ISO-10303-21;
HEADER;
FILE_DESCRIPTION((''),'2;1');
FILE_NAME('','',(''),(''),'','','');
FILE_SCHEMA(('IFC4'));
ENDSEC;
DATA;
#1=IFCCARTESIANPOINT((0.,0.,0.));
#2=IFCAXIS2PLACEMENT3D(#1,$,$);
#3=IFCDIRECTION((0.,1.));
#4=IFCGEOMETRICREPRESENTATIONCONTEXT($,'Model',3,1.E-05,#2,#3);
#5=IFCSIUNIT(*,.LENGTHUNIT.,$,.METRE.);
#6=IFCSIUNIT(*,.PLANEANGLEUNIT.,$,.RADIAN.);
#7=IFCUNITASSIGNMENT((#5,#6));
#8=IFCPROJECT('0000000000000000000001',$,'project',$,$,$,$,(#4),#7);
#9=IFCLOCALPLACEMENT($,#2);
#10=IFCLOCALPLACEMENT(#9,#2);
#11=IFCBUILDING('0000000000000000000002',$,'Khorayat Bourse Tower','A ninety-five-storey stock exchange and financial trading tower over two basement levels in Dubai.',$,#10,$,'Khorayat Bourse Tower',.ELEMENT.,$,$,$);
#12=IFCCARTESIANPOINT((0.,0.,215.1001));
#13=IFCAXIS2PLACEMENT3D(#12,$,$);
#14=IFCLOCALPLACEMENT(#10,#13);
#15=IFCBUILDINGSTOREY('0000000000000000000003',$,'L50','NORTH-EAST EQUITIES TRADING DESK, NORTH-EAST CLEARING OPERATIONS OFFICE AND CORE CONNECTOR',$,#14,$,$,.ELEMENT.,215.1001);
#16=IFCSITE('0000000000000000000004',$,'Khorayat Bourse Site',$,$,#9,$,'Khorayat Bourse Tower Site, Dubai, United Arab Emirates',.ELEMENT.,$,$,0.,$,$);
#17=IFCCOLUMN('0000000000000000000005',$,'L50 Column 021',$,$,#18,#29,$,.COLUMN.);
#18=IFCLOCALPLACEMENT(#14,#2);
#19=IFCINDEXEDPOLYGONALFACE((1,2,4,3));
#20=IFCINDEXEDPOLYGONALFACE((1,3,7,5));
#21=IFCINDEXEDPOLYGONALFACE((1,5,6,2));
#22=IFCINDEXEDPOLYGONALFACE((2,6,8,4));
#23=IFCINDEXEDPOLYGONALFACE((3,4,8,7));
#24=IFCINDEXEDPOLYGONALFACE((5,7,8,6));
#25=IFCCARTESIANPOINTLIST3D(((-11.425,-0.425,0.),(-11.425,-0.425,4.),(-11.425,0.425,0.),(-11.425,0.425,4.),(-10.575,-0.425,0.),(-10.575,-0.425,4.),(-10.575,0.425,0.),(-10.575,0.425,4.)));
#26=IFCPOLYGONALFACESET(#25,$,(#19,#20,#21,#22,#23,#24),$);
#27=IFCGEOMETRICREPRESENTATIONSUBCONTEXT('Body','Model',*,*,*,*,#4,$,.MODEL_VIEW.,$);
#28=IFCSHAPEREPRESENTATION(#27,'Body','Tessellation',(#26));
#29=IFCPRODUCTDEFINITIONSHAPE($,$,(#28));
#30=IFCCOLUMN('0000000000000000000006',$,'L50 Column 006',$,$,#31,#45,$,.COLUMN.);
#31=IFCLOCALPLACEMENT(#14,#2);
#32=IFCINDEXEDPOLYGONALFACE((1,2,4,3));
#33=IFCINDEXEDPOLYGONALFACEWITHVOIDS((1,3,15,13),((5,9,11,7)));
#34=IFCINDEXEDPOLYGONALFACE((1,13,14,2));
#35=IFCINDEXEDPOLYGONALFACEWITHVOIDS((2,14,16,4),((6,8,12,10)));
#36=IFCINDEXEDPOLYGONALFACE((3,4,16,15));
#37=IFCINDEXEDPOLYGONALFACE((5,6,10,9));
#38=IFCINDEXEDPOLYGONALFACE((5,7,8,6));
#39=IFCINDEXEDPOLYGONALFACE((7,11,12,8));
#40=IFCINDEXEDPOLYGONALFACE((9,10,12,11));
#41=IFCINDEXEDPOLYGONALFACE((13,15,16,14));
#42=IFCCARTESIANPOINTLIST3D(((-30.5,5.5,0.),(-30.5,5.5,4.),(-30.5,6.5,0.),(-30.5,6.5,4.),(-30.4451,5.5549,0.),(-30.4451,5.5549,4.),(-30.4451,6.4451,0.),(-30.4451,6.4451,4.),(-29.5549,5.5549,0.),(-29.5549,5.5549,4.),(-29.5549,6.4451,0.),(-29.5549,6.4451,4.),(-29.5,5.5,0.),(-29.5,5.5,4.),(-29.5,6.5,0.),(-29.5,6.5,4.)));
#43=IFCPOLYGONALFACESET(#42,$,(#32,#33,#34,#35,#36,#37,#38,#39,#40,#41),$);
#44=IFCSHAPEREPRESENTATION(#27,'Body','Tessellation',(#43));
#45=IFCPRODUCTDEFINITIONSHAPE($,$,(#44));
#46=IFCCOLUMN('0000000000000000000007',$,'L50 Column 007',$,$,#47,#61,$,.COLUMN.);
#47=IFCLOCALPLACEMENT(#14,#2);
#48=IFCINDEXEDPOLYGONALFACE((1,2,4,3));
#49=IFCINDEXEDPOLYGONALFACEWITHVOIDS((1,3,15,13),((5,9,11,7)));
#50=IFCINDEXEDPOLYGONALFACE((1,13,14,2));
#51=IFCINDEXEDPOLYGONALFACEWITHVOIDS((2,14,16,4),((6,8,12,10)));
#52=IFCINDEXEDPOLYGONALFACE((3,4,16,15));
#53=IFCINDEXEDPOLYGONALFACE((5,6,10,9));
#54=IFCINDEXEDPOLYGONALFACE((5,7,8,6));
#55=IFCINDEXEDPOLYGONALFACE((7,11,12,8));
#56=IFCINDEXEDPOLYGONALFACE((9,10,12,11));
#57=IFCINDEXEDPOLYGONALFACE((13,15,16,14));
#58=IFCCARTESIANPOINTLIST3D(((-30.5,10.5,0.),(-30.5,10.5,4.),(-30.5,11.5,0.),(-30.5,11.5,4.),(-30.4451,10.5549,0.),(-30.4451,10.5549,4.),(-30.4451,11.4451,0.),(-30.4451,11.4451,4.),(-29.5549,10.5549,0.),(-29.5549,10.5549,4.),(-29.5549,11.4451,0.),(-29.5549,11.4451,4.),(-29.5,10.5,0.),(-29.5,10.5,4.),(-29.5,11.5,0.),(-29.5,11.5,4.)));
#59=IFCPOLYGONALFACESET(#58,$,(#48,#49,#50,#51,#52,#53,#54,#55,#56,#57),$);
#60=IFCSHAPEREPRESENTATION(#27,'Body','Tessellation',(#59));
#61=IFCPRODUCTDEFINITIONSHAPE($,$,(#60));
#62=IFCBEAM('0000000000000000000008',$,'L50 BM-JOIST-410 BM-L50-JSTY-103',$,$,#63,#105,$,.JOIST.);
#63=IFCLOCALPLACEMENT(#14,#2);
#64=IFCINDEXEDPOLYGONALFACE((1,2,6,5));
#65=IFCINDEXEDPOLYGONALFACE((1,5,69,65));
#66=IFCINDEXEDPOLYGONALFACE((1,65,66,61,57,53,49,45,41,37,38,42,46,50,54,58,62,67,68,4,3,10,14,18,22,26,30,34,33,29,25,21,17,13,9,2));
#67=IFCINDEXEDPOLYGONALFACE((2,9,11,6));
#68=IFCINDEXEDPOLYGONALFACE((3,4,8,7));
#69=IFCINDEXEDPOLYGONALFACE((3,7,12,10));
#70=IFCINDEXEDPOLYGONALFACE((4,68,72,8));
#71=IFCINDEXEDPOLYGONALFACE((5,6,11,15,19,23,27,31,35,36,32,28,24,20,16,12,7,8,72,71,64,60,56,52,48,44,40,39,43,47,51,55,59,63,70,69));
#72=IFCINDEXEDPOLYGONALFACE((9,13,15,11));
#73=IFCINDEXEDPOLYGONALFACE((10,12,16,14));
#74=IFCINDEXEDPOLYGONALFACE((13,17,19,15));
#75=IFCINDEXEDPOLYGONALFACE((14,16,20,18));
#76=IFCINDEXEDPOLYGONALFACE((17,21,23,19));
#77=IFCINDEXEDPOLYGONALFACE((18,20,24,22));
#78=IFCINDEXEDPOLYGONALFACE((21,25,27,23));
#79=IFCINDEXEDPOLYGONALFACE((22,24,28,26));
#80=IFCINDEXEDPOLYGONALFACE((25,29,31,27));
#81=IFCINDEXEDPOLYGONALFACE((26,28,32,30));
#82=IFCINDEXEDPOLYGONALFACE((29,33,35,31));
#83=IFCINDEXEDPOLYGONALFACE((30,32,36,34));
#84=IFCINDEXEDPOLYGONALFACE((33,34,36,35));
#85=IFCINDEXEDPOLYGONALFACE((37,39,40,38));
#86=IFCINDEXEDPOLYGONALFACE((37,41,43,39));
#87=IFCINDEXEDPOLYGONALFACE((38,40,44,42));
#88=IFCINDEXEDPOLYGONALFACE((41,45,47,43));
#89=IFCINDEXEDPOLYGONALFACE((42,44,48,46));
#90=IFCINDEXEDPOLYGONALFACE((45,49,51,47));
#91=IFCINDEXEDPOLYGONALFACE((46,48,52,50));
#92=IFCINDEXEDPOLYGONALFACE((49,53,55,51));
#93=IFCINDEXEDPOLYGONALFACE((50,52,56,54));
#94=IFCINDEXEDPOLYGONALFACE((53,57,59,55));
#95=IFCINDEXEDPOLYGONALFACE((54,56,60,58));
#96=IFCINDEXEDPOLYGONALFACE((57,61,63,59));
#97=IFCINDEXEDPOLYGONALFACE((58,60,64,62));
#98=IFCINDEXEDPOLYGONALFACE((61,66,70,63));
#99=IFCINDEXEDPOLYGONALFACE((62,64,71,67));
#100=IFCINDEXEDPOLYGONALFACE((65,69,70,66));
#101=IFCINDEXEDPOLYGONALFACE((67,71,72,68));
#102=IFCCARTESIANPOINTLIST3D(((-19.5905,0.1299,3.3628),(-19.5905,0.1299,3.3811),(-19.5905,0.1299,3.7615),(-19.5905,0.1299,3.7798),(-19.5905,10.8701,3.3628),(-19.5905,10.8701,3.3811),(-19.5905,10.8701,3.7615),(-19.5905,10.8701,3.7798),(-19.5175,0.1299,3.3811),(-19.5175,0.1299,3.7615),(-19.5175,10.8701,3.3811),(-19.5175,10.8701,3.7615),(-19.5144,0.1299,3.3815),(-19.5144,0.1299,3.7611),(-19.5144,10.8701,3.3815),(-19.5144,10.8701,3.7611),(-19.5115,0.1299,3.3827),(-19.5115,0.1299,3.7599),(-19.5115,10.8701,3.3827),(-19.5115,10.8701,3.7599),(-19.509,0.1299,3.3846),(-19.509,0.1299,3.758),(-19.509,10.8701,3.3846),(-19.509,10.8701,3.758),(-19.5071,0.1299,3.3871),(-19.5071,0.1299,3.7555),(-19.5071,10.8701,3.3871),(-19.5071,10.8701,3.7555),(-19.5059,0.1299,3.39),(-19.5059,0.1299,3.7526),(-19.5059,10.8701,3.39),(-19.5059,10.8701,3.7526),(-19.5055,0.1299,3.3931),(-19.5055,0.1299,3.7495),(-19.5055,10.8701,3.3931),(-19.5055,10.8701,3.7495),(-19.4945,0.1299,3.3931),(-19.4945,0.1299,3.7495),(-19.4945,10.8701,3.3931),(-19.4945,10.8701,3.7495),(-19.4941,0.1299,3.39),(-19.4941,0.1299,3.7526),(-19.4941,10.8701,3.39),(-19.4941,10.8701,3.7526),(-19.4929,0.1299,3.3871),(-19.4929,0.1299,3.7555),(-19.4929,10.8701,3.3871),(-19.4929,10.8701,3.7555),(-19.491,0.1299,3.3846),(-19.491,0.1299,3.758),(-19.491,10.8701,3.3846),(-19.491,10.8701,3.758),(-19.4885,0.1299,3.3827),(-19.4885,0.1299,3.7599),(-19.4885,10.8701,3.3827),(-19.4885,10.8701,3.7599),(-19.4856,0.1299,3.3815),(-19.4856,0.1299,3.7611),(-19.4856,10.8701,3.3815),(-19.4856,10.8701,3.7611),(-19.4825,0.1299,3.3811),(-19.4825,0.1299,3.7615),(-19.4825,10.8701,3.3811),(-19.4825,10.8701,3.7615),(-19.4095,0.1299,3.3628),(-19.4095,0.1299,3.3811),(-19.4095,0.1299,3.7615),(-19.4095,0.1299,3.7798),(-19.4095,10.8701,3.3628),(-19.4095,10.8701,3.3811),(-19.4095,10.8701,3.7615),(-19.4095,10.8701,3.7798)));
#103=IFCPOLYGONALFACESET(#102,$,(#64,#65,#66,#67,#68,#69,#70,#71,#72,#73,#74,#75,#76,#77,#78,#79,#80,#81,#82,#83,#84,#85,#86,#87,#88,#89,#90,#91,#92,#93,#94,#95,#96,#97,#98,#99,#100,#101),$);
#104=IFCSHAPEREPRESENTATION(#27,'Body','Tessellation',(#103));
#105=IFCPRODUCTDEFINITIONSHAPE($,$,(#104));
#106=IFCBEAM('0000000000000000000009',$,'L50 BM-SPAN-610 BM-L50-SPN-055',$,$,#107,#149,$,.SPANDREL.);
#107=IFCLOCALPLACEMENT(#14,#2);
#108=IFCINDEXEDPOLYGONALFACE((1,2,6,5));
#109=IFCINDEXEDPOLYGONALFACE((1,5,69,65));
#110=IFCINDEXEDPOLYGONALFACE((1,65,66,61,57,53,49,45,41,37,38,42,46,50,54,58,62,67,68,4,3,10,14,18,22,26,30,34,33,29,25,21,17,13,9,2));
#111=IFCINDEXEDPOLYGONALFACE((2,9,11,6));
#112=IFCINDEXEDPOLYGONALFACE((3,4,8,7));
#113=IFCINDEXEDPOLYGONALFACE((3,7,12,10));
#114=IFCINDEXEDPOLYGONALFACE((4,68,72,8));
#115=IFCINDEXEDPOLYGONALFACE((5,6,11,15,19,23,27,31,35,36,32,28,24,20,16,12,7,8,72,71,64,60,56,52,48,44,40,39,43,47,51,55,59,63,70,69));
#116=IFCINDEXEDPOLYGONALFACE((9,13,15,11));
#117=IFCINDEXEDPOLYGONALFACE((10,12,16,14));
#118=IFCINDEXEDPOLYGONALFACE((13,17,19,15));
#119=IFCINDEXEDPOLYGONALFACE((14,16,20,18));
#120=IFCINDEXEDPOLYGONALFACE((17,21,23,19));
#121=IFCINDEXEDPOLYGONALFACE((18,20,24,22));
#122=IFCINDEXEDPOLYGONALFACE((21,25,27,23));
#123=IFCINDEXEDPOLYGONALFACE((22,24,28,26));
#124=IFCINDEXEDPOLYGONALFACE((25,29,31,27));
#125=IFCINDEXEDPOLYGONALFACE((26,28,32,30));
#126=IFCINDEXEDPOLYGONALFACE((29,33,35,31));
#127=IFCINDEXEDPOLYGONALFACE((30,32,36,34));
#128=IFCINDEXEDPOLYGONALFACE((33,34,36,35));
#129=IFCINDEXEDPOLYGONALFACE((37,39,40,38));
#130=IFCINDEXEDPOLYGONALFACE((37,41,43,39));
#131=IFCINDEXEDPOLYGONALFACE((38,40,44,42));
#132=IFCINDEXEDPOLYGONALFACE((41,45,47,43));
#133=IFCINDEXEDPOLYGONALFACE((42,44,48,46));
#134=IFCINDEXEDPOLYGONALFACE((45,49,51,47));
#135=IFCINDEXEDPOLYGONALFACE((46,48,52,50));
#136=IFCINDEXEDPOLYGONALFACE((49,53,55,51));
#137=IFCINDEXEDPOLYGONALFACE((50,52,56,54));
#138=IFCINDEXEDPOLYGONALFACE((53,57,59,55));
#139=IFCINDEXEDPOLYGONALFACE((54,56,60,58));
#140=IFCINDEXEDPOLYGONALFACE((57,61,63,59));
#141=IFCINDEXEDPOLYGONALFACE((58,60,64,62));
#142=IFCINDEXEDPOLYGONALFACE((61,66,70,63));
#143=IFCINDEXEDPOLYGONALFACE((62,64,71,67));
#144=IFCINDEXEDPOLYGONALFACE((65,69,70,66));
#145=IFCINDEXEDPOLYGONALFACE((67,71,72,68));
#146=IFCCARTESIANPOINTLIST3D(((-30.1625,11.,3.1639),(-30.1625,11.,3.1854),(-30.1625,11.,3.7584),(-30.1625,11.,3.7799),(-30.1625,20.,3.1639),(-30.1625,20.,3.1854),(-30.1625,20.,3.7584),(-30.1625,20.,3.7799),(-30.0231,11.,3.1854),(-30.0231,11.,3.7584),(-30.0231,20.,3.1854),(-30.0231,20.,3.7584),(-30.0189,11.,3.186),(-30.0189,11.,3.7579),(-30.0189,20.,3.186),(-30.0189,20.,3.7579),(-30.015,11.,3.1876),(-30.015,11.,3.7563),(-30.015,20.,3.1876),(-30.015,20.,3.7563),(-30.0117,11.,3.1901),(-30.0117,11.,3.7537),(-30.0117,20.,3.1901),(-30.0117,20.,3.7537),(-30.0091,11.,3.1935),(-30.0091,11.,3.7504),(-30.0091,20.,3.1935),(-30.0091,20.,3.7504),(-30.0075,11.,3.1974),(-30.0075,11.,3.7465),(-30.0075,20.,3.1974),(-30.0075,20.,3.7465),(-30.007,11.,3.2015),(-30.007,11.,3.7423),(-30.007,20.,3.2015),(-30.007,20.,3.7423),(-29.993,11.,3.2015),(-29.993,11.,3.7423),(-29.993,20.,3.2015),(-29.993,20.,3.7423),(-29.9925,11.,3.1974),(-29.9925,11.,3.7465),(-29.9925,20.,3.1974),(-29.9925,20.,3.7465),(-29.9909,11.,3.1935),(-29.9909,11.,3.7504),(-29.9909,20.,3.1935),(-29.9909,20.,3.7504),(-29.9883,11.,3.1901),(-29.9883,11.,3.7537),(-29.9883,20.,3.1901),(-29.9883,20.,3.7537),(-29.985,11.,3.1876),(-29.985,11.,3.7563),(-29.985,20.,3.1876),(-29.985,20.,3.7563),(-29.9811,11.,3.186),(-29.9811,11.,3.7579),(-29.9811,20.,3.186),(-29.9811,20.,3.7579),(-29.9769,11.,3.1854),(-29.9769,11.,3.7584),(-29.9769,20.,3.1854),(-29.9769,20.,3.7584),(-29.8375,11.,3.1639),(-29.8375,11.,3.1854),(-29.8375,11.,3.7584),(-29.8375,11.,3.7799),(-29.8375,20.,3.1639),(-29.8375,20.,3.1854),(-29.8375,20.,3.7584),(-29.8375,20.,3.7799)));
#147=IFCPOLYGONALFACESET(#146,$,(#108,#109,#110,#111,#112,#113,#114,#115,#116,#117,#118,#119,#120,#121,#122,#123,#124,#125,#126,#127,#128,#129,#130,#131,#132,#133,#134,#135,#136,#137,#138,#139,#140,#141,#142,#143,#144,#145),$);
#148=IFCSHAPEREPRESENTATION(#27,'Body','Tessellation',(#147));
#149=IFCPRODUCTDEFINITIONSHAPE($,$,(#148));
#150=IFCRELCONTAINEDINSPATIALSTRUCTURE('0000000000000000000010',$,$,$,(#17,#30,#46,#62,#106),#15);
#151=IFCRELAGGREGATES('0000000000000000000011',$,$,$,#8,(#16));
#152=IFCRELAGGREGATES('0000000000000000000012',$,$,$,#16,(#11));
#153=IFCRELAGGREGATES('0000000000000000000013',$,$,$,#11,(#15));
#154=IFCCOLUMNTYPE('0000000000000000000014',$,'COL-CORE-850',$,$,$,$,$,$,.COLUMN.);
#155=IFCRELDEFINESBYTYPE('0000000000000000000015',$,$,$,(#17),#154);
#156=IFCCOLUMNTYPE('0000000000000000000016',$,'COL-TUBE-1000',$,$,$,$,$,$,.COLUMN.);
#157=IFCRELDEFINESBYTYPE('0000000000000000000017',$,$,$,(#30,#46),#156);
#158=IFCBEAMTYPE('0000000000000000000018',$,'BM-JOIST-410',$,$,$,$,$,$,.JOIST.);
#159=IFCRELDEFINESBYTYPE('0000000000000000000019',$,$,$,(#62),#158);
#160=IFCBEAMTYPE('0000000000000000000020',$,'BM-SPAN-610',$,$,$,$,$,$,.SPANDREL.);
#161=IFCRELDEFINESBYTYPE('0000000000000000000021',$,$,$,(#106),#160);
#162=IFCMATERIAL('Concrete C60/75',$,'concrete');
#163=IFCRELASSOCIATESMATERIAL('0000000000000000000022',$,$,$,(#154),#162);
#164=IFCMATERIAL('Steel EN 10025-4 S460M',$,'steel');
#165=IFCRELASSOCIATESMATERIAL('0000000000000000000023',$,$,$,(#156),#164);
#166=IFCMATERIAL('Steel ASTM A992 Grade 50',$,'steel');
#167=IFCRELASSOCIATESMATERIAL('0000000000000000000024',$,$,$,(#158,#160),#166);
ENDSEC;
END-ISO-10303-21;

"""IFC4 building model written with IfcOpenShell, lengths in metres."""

from ifc_helpers import new_model, si_unit, direction, frame, origin, origin_2d, place, context, subcontext, project, spatial, rectangle, hollow_rectangle, i_section, extrude, source, transform, mapped, material, material_profile, profile_set, type_object, element, save


model = new_model("IFC4")

# Units and contexts
model_context = context("Model", 3, precision=1e-05, world=origin(), true_north=direction((0.0, 1.0)))
body_context = subcontext(model_context, "Body", "Model", "MODEL_VIEW")
ifc_project = project(units=[si_unit("LENGTHUNIT", "METRE"), si_unit("PLANEANGLEUNIT", "RADIAN")], contexts=[model_context])

# Site, building, storey
site_placement = place(None, origin())
site = spatial("IfcSite", under=ifc_project, at=site_placement, Name="Khorayat Bourse Site", LongName="Khorayat Bourse Tower Site, Dubai, United Arab Emirates", CompositionType="ELEMENT", RefElevation=0.0)
building_placement = place(site_placement, origin())
building = spatial("IfcBuilding", under=site, at=building_placement, Name="Khorayat Bourse Tower", Description="A ninety-five-storey stock exchange and financial trading tower over two basement levels in Dubai.", LongName="Khorayat Bourse Tower", CompositionType="ELEMENT")
storey_placement = place(building_placement, frame((0.0, 0.0, 215.1001)))
storey = spatial("IfcBuildingStorey", under=building, at=storey_placement, Name="L50", Description="NORTH-EAST EQUITIES TRADING DESK, NORTH-EAST CLEARING OPERATIONS OFFICE AND CORE CONNECTOR", CompositionType="ELEMENT", Elevation=215.1001)

# Columns
ifc_material_1 = material(Name="Concrete C60/75", Category="concrete")
ifc_material_profile_1 = material_profile(ifc_material_1, rectangle(XDim=0.8501, YDim=0.8501, at=origin_2d()), Name="RC 850x850")
ifc_profile_set_1 = profile_set([ifc_material_profile_1], Name="Concrete C60/75")
column_type_1 = type_object("IfcColumnType", Name="COL-CORE-850", PredefinedType="COLUMN", material=ifc_profile_set_1)
shared_shape_1 = source(origin(), body_context, "Body", "SweptSolid", [
    extrude(rectangle(XDim=0.8501, YDim=0.8501, at=origin_2d()), origin(), (0.0, 0.0, 1.0), 4.0),
])
column_placement = place(storey_placement, frame((-11.0, 0.0, 0.0), z_axis=(0.0, 0.0, 1.0), x_axis=(1.0, 0.0, 0.0)))
element("IfcColumn", 1, at=column_placement, inside=storey, type_object=column_type_1, Name="L50 Column 021", PredefinedType="COLUMN", context=body_context, shape_type="MappedRepresentation", body=[
    mapped(shared_shape_1, transform((0.0, 0.0, 0.0), scale=1.0)),
])
ifc_material_2 = material(Name="Steel EN 10025-4 S460M", Category="steel")
ifc_material_profile_2 = material_profile(ifc_material_2, hollow_rectangle(XDim=1.0, YDim=1.0, WallThickness=0.0549, at=origin_2d()), Name="BOX 1000x1000x55")
ifc_profile_set_2 = profile_set([ifc_material_profile_2], Name="Steel EN 10025-4 S460M")
column_type_2 = type_object("IfcColumnType", Name="COL-TUBE-1000", PredefinedType="COLUMN", material=ifc_profile_set_2)
shared_shape_2 = source(origin(), body_context, "Body", "SweptSolid", [
    extrude(hollow_rectangle(XDim=1.0, YDim=1.0, WallThickness=0.0549, at=origin_2d()), origin(), (0.0, 0.0, 1.0), 4.0),
])
for number, where, z_axis, x_axis, name in (
    (2, (-30.0, 6.0, 0.0), (0.0, 0.0, 1.0), (1.0, 0.0, 0.0), "L50 Column 006"),
    (3, (-30.0, 11.0, 0.0), (0.0, 0.0, 1.0), (1.0, 0.0, 0.0), "L50 Column 007"),
):
    element("IfcColumn", number, at=place(storey_placement, frame(where, z_axis=z_axis, x_axis=x_axis)), inside=storey, type_object=column_type_2, Name=name, PredefinedType="COLUMN", context=body_context, shape_type="MappedRepresentation", body=[
        mapped(shared_shape_2, transform((0.0, 0.0, 0.0), scale=1.0)),
    ])

# Beams
ifc_material_3 = material(Name="Steel ASTM A992 Grade 50", Category="steel")
ifc_material_profile_3 = material_profile(ifc_material_3, i_section(OverallWidth=0.1809, OverallDepth=0.417, WebThickness=0.011, FlangeThickness=0.0183, FilletRadius=0.012, at=origin_2d()), Name="W410X85")
ifc_profile_set_3 = profile_set([ifc_material_profile_3], Name="Steel ASTM A992 Grade 50")
beam_type_1 = type_object("IfcBeamType", Name="BM-JOIST-410", PredefinedType="JOIST", material=ifc_profile_set_3)
shared_shape_3 = source(origin(), body_context, "Body", "SweptSolid", [
    extrude(i_section(OverallWidth=0.1809, OverallDepth=0.417, WebThickness=0.011, FlangeThickness=0.0183, FilletRadius=0.012, at=origin_2d()), origin(), (0.0, 0.0, 1.0), 10.7402),
])
beam_1_placement = place(storey_placement, frame((-19.5, 0.1299, 3.5713), z_axis=(0.0, 1.0, 0.0), x_axis=(-1.0, 0.0, 0.0)))
element("IfcBeam", 4, at=beam_1_placement, inside=storey, type_object=beam_type_1, Name="L50 BM-JOIST-410 BM-L50-JSTY-103", PredefinedType="JOIST", context=body_context, shape_type="MappedRepresentation", body=[
    mapped(shared_shape_3, transform((0.0, 0.0, 0.0), scale=1.0)),
])
ifc_material_profile_4 = material_profile(ifc_material_3, i_section(OverallWidth=0.325, OverallDepth=0.616, WebThickness=0.0139, FlangeThickness=0.0215, FilletRadius=0.0161, at=origin_2d()), Name="W610X174")
ifc_profile_set_4 = profile_set([ifc_material_profile_4], Name="Steel ASTM A992 Grade 50")
beam_type_2 = type_object("IfcBeamType", Name="BM-SPAN-610", PredefinedType="SPANDREL", material=ifc_profile_set_4)
shared_shape_4 = source(origin(), body_context, "Body", "SweptSolid", [
    extrude(i_section(OverallWidth=0.325, OverallDepth=0.616, WebThickness=0.0139, FlangeThickness=0.0215, FilletRadius=0.0161, at=origin_2d()), origin(), (0.0, 0.0, 1.0), 9.0),
])
beam_2_placement = place(storey_placement, frame((-30.0, 11.0, 3.4719), z_axis=(0.0, 1.0, 0.0), x_axis=(-1.0, 0.0, 0.0)))
element("IfcBeam", 5, at=beam_2_placement, inside=storey, type_object=beam_type_2, Name="L50 BM-SPAN-610 BM-L50-SPN-055", PredefinedType="SPANDREL", context=body_context, shape_type="MappedRepresentation", body=[
    mapped(shared_shape_4, transform((0.0, 0.0, 0.0), scale=1.0)),
])

save(model, "model.ifc")
